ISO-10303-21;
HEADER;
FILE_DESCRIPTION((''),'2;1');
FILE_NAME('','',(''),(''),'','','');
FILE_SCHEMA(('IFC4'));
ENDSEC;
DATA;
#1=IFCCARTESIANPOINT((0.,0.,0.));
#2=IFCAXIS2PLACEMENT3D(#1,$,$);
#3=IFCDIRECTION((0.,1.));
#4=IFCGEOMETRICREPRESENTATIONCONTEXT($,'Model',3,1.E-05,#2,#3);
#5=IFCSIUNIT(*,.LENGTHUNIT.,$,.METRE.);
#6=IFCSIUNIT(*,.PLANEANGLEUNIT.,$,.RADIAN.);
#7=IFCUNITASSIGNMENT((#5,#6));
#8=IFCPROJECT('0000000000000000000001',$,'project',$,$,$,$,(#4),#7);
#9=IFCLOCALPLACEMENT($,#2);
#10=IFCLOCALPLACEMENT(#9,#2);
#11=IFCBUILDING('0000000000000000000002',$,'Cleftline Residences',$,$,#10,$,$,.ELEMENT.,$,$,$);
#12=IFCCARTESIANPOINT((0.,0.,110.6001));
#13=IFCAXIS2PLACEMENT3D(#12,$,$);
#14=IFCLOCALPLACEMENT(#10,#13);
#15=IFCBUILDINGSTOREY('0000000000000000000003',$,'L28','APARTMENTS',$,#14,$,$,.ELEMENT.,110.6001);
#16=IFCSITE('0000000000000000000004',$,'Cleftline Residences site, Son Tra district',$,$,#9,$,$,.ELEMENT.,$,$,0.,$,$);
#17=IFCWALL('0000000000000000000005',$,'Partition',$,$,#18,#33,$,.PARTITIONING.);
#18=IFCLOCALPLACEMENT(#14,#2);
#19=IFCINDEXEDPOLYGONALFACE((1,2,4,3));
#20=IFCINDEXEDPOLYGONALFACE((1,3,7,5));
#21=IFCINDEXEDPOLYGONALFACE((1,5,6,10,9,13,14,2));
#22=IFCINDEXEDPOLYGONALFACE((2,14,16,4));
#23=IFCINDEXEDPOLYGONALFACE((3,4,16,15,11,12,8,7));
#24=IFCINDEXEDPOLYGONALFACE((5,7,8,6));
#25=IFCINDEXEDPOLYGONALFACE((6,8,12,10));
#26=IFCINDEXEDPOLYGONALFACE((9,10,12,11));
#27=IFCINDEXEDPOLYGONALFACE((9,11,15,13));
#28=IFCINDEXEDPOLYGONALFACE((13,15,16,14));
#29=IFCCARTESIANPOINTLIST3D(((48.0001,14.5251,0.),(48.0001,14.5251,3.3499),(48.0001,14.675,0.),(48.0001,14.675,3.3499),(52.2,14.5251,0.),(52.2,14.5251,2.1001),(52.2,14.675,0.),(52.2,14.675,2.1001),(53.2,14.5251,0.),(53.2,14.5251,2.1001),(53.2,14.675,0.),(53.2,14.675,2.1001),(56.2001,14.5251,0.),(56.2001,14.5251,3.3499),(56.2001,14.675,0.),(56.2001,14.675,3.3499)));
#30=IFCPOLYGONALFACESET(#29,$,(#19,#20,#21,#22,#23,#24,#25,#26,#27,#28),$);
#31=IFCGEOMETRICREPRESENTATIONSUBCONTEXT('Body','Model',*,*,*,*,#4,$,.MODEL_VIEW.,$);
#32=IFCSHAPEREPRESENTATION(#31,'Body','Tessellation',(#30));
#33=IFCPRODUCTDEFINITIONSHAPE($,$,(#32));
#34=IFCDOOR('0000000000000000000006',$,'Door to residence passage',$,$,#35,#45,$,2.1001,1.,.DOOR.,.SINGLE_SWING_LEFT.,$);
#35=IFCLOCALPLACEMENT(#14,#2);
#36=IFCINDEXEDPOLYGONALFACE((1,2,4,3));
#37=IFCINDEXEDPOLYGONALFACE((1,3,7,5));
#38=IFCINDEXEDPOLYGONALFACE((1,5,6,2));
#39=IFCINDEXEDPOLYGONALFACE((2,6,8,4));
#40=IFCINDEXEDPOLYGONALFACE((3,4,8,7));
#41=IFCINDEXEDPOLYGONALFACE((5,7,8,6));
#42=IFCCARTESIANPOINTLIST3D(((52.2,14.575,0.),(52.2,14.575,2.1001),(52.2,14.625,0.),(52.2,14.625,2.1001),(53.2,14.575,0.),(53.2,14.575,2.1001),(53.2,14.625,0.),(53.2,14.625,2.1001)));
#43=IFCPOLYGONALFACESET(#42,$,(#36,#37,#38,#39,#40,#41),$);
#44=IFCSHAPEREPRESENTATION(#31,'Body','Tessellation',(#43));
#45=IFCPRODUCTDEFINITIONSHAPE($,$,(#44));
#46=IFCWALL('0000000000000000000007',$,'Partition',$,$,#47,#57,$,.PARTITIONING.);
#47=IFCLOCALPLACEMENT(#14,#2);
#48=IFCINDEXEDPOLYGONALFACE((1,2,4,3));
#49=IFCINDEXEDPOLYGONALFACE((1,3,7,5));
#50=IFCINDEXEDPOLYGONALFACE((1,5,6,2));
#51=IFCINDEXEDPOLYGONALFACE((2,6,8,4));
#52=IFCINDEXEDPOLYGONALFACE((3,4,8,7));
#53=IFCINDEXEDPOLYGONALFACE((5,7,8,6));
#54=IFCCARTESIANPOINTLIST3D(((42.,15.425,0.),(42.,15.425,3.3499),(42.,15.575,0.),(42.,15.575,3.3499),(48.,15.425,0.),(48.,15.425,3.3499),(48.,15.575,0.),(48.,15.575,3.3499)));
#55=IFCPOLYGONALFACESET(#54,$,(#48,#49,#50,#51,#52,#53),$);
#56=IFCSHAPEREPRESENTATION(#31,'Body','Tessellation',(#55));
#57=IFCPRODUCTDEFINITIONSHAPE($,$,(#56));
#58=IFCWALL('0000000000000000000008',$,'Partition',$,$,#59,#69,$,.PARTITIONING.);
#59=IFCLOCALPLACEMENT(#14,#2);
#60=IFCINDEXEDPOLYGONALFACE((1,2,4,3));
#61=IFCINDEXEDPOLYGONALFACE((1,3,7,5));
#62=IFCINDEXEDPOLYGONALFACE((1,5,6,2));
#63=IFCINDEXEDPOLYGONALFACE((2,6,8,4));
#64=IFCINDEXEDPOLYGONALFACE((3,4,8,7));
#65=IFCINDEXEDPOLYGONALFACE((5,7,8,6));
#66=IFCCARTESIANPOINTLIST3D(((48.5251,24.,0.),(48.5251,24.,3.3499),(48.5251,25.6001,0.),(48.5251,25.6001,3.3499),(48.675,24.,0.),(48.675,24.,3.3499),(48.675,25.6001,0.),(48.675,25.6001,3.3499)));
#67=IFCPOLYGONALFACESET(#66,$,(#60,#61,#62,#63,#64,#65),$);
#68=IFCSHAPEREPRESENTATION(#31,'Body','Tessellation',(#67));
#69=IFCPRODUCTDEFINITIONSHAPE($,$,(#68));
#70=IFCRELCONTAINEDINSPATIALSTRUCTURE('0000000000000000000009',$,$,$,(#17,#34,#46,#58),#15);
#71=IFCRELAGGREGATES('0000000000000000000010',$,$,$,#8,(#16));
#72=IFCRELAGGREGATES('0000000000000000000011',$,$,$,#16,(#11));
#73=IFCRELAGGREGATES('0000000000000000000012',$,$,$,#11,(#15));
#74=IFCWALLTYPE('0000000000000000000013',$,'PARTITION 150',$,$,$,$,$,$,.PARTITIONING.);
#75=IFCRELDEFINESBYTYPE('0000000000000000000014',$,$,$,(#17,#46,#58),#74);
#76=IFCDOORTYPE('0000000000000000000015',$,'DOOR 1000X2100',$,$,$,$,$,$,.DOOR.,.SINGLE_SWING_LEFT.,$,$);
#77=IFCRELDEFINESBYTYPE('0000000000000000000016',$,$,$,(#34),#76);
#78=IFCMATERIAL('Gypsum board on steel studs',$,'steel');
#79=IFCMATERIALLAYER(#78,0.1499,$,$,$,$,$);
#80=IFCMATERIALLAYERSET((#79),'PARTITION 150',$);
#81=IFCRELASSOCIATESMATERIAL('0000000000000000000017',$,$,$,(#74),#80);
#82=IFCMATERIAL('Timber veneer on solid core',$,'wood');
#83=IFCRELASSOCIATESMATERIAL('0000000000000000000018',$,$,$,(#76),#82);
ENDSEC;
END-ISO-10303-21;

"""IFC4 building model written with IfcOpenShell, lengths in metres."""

from ifc_helpers import new_model, si_unit, direction, frame, frame_2d, origin, place, context, subcontext, project, spatial, rectangle, extrude, material, layer, layer_set, type_object, element, fill, save


model = new_model("IFC4")

# Units and contexts
model_context = context("Model", 3, precision=1e-05, world=origin(), true_north=direction((0.0, 1.0)))
body_context = subcontext(model_context, "Body", "Model", "MODEL_VIEW")
ifc_project = project(units=[si_unit("LENGTHUNIT", "METRE"), si_unit("PLANEANGLEUNIT", "RADIAN")], contexts=[model_context])

# Site, building, storey
site_placement = place(None, origin())
site = spatial("IfcSite", under=ifc_project, at=site_placement, Name="Cleftline Residences site, Son Tra district", CompositionType="ELEMENT", RefElevation=0.0)
building_placement = place(site_placement, origin())
building = spatial("IfcBuilding", under=site, at=building_placement, Name="Cleftline Residences", CompositionType="ELEMENT")
storey_placement = place(building_placement, frame((0.0, 0.0, 110.6001)))
storey = spatial("IfcBuildingStorey", under=building, at=storey_placement, Name="L28", Description="APARTMENTS", CompositionType="ELEMENT", Elevation=110.6001)

# Wall, opening, door
ifc_material_1 = material(Name="Gypsum board on steel studs", Category="steel")
ifc_layer_1 = layer(ifc_material_1, 0.1499)
ifc_layer_set_1 = layer_set([ifc_layer_1], Name="PARTITION 150")
wall_type_1 = type_object("IfcWallType", Name="PARTITION 150", PredefinedType="PARTITIONING", material=ifc_layer_set_1)
wall_1_placement = place(storey_placement, frame((48.0, 14.6001, 0.0), z_axis=(0.0, 0.0, 1.0), x_axis=(1.0, 0.0, 0.0)))
wall_1 = element("IfcWall", 1, at=wall_1_placement, inside=storey, type_object=wall_type_1, Name="Partition", PredefinedType="PARTITIONING", context=body_context, shape_type="SweptSolid", body=[
    extrude(rectangle(XDim=8.2, YDim=0.1499, at=frame_2d((4.1001, 0.0))), origin(), (0.0, 0.0, 1.0), 3.3499),
])
opening_1_placement = place(wall_1_placement, frame((4.2, 0.0, 0.0)))
opening_1 = element("IfcOpeningElement", 2, at=opening_1_placement, cuts=wall_1, PredefinedType="OPENING", context=body_context, shape_type="SweptSolid", body=[
    extrude(rectangle(XDim=1.0, YDim=2.1001, at=frame_2d((0.5, 1.05))), frame((0.0, 0.085, 0.0), z_axis=(0.0, -1.0, 0.0), x_axis=(1.0, 0.0, 0.0)), (0.0, 0.0, 1.0), 0.1699),
])
ifc_material_2 = material(Name="Timber veneer on solid core", Category="wood")
door_type_1 = type_object("IfcDoorType", Name="DOOR 1000X2100", OperationType="SINGLE_SWING_LEFT", PredefinedType="DOOR", material=ifc_material_2)
door_1_placement = place(opening_1_placement, origin())
door_1 = element("IfcDoor", 3, at=door_1_placement, inside=storey, type_object=door_type_1, Name="Door to residence passage", OperationType="SINGLE_SWING_LEFT", OverallHeight=2.1001, OverallWidth=1.0, PredefinedType="DOOR", context=body_context, shape_type="SweptSolid", body=[
    extrude(rectangle(XDim=1.0, YDim=2.1001, at=frame_2d((0.5, 1.05))), frame((0.0, 0.0249, 0.0), z_axis=(0.0, -1.0, 0.0), x_axis=(1.0, 0.0, 0.0)), (0.0, 0.0, 1.0), 0.05),
])
fill(opening_1, door_1)

# Walls
wall_2_placement = place(storey_placement, frame((42.0, 15.5, 0.0), z_axis=(0.0, 0.0, 1.0), x_axis=(1.0, 0.0, 0.0)))
element("IfcWall", 4, at=wall_2_placement, inside=storey, type_object=wall_type_1, Name="Partition", PredefinedType="PARTITIONING", context=body_context, shape_type="SweptSolid", body=[
    extrude(rectangle(XDim=6.0, YDim=0.1499, at=frame_2d((3.0, 0.0))), origin(), (0.0, 0.0, 1.0), 3.3499),
])
wall_3_placement = place(storey_placement, frame((48.6001, 24.0, 0.0), z_axis=(0.0, 0.0, 1.0), x_axis=(0.0, 1.0, 0.0)))
element("IfcWall", 5, at=wall_3_placement, inside=storey, type_object=wall_type_1, Name="Partition", PredefinedType="PARTITIONING", context=body_context, shape_type="SweptSolid", body=[
    extrude(rectangle(XDim=1.6001, YDim=0.1499, at=frame_2d((0.8, 0.0))), origin(), (0.0, 0.0, 1.0), 3.3499),
])

save(model, "model.ifc")
